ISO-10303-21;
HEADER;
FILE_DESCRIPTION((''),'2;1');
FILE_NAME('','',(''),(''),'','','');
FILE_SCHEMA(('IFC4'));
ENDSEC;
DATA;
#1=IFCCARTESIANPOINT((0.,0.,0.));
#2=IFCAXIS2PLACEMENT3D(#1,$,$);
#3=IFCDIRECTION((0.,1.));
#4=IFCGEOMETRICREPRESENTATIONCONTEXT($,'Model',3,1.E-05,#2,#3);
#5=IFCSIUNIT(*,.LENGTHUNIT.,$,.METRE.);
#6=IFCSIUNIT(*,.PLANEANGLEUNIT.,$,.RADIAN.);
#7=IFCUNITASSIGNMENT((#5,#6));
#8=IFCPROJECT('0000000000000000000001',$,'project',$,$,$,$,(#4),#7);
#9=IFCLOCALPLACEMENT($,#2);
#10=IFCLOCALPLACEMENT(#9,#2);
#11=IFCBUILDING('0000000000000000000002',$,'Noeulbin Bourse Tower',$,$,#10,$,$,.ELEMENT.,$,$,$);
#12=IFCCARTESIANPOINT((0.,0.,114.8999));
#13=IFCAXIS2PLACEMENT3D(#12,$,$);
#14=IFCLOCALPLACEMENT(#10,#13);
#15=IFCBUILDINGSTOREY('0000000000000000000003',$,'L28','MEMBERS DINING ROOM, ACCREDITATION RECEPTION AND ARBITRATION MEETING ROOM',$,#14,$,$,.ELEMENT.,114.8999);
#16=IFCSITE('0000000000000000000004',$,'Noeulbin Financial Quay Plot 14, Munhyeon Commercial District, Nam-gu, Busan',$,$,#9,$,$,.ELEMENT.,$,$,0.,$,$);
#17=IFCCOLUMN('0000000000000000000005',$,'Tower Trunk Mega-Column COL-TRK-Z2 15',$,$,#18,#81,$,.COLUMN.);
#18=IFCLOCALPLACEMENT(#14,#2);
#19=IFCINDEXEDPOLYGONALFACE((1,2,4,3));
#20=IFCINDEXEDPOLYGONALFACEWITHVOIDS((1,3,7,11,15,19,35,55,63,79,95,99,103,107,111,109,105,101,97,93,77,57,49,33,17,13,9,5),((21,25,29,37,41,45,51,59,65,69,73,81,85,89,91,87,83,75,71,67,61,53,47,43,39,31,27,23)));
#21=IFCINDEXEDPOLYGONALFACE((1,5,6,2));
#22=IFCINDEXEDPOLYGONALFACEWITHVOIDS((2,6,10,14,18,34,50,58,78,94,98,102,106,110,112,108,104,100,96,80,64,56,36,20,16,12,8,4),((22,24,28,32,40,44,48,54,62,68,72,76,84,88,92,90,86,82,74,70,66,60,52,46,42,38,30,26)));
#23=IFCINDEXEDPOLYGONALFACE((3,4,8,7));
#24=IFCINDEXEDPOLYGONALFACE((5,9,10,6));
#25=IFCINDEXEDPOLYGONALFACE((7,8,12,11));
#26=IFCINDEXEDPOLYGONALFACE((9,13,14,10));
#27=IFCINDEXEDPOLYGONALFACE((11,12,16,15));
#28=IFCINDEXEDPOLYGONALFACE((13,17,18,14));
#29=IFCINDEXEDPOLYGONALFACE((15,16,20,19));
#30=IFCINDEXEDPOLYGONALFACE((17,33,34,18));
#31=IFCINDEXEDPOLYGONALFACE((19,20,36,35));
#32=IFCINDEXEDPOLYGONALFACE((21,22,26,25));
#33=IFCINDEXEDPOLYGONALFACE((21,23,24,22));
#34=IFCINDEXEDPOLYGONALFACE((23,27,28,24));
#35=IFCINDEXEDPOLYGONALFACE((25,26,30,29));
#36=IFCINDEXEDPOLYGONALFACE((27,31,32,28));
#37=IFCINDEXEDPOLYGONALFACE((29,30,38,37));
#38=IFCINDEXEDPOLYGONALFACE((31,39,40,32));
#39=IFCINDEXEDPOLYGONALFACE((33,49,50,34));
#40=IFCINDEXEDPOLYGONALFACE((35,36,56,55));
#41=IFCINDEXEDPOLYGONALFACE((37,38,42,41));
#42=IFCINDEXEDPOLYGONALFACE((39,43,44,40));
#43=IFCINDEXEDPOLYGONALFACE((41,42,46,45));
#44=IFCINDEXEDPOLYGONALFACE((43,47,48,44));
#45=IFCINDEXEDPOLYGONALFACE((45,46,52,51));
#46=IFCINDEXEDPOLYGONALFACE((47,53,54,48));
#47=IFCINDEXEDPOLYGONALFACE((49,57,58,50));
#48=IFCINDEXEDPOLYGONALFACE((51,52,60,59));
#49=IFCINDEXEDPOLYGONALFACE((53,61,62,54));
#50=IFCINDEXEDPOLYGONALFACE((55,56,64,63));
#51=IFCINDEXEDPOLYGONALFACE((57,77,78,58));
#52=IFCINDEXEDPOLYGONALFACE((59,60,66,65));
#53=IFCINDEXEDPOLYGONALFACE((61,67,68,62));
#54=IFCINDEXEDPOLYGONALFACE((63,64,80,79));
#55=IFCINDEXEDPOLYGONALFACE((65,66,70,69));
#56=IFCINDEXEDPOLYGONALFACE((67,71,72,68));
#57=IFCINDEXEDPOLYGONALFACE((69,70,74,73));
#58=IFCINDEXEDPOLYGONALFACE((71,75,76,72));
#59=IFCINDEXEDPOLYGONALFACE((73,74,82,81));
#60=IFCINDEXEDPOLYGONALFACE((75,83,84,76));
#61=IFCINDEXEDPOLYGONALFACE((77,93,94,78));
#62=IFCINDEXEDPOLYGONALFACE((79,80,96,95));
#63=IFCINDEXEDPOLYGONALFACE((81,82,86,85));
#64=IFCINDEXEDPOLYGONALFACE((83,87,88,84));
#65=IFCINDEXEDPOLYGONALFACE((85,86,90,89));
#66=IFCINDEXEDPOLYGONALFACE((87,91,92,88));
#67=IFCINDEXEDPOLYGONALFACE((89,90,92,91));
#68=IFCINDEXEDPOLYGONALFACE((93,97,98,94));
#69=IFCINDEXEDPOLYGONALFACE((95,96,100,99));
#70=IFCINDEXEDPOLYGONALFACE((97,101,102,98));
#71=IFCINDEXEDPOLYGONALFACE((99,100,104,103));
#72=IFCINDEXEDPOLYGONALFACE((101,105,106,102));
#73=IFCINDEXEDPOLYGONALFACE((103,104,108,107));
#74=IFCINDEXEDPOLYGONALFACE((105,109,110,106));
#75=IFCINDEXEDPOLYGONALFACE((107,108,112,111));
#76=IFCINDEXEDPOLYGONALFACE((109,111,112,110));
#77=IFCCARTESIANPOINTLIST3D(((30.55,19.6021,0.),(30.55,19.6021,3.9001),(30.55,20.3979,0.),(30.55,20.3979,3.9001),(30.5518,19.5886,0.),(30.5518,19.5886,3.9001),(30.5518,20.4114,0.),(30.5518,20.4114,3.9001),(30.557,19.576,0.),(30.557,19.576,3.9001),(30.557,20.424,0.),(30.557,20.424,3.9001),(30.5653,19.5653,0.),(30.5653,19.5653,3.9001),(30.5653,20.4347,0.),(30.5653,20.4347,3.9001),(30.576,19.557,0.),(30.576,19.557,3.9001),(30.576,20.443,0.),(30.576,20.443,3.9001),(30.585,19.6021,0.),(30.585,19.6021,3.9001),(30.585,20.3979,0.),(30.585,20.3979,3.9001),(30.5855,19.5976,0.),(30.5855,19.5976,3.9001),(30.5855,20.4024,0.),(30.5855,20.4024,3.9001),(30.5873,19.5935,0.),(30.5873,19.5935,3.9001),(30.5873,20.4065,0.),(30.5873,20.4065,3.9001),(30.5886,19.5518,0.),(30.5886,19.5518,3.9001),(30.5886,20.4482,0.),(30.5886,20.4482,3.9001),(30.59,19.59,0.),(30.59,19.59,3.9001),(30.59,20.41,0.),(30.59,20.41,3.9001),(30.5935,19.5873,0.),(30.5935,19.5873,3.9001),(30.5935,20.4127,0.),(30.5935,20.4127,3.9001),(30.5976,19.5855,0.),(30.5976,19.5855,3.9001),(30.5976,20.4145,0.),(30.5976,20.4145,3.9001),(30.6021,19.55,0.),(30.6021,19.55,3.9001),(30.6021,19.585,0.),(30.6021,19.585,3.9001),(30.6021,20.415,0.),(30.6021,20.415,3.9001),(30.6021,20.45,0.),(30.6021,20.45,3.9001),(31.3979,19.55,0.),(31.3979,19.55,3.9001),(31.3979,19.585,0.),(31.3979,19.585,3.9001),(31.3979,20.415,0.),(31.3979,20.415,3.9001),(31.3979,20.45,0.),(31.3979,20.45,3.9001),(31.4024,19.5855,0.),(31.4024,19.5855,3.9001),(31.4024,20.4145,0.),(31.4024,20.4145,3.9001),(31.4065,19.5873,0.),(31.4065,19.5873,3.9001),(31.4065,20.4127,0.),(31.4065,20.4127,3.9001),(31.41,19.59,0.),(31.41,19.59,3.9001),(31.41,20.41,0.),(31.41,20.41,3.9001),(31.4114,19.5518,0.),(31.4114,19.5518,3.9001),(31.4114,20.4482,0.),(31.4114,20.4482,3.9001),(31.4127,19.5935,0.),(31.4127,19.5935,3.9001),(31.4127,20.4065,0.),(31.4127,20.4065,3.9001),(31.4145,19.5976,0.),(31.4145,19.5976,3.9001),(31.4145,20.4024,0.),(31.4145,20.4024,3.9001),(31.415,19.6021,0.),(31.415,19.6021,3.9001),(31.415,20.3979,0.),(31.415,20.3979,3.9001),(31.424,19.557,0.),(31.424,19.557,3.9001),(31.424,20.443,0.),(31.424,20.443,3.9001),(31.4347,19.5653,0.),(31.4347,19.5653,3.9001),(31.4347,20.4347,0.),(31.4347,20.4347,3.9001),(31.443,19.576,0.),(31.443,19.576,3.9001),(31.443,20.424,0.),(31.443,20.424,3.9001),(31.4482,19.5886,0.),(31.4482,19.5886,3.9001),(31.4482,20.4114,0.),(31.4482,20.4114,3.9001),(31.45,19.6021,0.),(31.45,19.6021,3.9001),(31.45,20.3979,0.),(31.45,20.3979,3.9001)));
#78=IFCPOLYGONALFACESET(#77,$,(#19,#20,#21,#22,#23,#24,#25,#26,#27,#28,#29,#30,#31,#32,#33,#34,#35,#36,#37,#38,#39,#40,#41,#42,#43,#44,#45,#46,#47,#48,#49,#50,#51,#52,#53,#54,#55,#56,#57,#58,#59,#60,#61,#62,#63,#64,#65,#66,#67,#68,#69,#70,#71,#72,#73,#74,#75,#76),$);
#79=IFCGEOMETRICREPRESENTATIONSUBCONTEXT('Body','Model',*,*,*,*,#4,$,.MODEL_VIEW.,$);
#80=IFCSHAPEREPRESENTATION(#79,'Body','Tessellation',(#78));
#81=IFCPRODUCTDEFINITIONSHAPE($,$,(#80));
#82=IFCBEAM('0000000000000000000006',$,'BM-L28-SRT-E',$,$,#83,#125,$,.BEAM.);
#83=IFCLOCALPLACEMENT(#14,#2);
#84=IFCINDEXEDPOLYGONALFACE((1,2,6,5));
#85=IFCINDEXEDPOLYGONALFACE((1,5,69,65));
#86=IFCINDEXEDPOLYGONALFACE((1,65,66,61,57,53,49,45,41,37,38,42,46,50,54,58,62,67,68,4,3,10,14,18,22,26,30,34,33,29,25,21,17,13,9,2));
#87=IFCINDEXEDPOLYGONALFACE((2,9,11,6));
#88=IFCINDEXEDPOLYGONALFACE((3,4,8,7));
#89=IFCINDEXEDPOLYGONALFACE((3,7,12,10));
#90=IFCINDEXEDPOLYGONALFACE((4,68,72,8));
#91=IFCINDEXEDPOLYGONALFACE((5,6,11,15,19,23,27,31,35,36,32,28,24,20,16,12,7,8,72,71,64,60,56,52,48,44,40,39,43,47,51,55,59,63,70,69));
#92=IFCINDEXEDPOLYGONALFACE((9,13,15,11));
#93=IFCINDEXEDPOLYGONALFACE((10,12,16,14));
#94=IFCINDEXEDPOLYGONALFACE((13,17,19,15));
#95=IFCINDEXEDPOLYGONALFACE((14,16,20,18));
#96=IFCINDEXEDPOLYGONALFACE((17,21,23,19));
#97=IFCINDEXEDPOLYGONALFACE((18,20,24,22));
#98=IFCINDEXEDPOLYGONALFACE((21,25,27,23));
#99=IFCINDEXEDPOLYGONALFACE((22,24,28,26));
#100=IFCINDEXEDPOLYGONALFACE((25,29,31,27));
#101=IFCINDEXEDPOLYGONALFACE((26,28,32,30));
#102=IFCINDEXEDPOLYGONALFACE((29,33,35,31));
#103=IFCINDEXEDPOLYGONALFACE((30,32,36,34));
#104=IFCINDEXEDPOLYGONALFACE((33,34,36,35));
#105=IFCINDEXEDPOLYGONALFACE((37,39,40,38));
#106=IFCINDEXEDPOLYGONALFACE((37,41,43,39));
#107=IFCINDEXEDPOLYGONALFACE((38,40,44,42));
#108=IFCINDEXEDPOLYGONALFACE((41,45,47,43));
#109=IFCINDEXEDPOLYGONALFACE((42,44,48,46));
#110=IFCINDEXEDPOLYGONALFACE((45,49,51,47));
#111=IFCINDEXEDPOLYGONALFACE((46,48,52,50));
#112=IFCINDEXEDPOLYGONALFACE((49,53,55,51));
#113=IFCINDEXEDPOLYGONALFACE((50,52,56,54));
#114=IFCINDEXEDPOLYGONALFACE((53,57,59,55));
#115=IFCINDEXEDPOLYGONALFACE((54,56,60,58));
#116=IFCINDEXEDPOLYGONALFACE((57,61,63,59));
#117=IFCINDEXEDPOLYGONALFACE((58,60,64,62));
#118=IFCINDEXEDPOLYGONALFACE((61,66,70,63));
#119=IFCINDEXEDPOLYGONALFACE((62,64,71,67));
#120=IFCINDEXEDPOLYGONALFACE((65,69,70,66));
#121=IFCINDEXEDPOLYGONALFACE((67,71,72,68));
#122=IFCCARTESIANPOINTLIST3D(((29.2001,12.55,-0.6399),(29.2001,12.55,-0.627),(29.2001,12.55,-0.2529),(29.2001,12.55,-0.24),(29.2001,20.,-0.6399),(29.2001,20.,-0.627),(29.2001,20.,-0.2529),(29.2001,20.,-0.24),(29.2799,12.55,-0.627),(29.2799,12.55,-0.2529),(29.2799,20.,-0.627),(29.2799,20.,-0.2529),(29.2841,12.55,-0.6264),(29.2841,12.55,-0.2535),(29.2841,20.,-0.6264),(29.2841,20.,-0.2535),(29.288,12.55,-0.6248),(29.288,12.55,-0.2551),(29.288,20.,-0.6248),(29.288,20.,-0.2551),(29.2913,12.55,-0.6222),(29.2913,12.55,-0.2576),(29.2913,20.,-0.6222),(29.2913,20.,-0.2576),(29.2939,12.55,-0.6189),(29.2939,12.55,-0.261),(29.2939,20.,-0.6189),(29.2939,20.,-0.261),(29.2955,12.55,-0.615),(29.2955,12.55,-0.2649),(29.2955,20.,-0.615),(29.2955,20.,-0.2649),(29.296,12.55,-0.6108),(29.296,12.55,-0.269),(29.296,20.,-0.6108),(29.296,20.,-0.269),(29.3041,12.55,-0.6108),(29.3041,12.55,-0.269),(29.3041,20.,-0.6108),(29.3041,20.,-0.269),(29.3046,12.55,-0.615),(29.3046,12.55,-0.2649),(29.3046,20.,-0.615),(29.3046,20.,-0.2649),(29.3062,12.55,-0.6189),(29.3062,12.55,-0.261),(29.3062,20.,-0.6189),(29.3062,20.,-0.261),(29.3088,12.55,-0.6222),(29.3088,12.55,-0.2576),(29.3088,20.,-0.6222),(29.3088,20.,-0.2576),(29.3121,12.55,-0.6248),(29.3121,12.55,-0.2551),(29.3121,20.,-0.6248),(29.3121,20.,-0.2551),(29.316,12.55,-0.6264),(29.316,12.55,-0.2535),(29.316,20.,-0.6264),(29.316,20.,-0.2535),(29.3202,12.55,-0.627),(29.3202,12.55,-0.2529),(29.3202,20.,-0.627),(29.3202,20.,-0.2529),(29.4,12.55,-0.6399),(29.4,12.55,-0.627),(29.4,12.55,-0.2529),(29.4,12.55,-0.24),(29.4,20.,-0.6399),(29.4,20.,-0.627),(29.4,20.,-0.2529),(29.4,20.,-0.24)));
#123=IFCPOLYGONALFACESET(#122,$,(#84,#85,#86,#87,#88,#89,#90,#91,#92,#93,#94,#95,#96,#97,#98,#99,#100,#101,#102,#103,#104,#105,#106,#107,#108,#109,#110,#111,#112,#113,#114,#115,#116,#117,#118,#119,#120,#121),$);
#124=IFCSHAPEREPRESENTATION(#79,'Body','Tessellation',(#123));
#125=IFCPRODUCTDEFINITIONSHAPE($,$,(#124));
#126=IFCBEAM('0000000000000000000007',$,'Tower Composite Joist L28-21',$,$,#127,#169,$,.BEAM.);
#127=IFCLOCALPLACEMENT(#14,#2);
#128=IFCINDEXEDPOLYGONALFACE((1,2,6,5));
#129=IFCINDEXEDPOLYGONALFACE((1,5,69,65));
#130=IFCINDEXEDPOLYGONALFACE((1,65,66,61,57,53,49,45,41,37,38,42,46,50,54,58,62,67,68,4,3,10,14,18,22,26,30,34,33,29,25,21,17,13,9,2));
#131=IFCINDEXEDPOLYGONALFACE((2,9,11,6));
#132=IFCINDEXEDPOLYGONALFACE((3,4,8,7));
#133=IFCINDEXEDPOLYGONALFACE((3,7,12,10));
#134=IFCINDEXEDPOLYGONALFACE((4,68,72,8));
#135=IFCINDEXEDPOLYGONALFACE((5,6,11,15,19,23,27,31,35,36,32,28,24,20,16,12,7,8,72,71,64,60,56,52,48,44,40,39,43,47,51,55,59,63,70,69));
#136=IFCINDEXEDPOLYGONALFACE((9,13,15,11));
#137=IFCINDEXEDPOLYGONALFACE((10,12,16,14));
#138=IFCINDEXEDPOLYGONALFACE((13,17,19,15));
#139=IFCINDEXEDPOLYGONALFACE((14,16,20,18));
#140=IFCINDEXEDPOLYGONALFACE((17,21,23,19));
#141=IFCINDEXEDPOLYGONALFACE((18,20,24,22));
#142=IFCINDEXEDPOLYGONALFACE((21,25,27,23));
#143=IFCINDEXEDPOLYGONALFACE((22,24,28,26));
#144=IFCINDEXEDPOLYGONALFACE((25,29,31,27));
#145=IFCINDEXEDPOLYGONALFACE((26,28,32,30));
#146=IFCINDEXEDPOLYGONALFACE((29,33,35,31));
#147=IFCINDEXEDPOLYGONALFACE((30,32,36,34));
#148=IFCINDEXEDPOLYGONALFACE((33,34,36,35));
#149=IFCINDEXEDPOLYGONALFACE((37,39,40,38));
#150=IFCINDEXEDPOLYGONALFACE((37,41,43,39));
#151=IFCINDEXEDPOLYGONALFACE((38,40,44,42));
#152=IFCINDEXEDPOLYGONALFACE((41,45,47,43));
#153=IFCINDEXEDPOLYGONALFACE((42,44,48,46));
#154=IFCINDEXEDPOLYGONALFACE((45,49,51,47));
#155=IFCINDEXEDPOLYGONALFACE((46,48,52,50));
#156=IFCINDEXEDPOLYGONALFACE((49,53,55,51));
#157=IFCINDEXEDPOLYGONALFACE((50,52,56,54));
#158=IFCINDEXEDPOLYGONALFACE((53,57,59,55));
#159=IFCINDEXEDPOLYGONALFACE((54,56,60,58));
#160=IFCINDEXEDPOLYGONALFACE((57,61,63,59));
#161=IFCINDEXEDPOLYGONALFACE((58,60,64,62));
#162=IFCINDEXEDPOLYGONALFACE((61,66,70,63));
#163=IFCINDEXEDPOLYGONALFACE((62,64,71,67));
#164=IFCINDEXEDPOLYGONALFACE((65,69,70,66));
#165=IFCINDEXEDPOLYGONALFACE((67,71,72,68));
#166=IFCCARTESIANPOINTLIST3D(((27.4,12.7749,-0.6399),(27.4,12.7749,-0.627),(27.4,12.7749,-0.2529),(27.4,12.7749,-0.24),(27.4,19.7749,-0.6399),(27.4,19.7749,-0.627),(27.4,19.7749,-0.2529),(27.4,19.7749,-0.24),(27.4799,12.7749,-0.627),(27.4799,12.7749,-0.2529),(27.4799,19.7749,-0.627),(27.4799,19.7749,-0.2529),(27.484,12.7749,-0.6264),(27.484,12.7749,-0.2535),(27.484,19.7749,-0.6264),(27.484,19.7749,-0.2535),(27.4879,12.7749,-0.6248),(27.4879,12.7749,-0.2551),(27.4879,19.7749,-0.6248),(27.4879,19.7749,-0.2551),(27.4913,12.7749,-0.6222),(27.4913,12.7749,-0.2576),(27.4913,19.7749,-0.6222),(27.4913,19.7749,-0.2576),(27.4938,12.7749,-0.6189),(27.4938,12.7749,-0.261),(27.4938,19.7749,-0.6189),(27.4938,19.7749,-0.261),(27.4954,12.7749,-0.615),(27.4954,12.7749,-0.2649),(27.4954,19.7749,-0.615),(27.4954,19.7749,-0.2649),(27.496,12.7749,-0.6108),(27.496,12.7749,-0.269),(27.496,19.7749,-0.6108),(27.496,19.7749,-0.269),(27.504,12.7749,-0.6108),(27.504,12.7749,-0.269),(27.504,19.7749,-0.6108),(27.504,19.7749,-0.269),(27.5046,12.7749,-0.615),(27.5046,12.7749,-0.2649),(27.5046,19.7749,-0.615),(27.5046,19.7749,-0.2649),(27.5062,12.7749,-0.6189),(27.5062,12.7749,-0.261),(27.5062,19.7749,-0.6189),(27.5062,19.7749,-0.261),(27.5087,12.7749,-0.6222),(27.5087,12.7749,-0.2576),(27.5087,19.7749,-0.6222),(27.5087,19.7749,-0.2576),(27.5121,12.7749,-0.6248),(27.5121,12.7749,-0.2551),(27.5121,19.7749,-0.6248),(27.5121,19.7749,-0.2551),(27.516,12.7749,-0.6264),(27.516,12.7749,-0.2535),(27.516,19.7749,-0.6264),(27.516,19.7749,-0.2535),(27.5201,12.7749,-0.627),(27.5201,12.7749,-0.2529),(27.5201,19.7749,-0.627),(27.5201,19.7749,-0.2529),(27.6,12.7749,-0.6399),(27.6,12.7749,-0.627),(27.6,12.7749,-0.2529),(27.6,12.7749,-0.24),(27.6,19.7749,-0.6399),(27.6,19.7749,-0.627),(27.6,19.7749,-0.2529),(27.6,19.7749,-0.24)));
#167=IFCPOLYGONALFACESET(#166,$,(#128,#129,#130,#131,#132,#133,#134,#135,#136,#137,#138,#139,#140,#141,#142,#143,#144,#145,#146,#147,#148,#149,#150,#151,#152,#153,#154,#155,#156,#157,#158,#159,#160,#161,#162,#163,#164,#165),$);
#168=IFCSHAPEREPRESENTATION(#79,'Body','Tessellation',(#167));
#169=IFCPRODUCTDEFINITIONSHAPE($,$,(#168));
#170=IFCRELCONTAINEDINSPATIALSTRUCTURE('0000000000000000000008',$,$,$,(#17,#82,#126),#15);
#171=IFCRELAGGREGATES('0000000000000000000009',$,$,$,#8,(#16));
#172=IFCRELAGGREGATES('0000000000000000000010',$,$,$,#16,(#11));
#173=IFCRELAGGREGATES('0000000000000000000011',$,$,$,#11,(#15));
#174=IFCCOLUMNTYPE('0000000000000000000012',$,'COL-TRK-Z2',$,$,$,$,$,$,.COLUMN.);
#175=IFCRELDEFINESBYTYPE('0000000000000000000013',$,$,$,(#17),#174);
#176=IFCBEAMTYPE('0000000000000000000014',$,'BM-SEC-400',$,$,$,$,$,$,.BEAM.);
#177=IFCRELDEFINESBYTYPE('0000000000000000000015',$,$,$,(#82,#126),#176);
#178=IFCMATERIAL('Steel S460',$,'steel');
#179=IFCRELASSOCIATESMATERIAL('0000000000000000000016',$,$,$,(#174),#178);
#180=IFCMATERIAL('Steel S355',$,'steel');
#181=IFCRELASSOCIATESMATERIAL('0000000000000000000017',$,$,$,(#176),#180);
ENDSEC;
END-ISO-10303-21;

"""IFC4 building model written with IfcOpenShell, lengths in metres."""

from ifc_helpers import new_model, si_unit, direction, frame, origin, origin_2d, place, context, subcontext, project, spatial, hollow_rectangle, i_section, extrude, material, material_profile, profile_set, type_object, element, save


model = new_model("IFC4")

# Units and contexts
model_context = context("Model", 3, precision=1e-05, world=origin(), true_north=direction((0.0, 1.0)))
body_context = subcontext(model_context, "Body", "Model", "MODEL_VIEW")
ifc_project = project(units=[si_unit("LENGTHUNIT", "METRE"), si_unit("PLANEANGLEUNIT", "RADIAN")], contexts=[model_context])

# Site, building, storey
site_placement = place(None, origin())
site = spatial("IfcSite", under=ifc_project, at=site_placement, Name="Noeulbin Financial Quay Plot 14, Munhyeon Commercial District, Nam-gu, Busan", CompositionType="ELEMENT", RefElevation=0.0)
building_placement = place(site_placement, origin())
building = spatial("IfcBuilding", under=site, at=building_placement, Name="Noeulbin Bourse Tower", CompositionType="ELEMENT")
storey_placement = place(building_placement, frame((0.0, 0.0, 114.8999)))
storey = spatial("IfcBuildingStorey", under=building, at=storey_placement, Name="L28", Description="MEMBERS DINING ROOM, ACCREDITATION RECEPTION AND ARBITRATION MEETING ROOM", CompositionType="ELEMENT", Elevation=114.8999)

# Column
ifc_material_1 = material(Name="Steel S460", Category="steel")
ifc_material_profile_1 = material_profile(ifc_material_1, hollow_rectangle(XDim=0.8999, YDim=0.8999, WallThickness=0.0349, InnerFilletRadius=0.0171, OuterFilletRadius=0.052, at=origin_2d()), Name="BOX-900x900x35", Category="LoadBearing")
ifc_profile_set_1 = profile_set([ifc_material_profile_1], Name="Steel S460")
column_type = type_object("IfcColumnType", Name="COL-TRK-Z2", PredefinedType="COLUMN", material=ifc_profile_set_1)
column_placement = place(storey_placement, frame((31.0, 20.0, 0.0), z_axis=(0.0, 0.0, 1.0), x_axis=(1.0, 0.0, 0.0)))
element("IfcColumn", 1, at=column_placement, inside=storey, type_object=column_type, Name="Tower Trunk Mega-Column COL-TRK-Z2 15", PredefinedType="COLUMN", context=body_context, shape_type="SweptSolid", body=[
    extrude(hollow_rectangle(XDim=0.8999, YDim=0.8999, WallThickness=0.0349, InnerFilletRadius=0.0171, OuterFilletRadius=0.052, at=origin_2d()), origin(), (0.0, 0.0, 1.0), 3.9001),
])

# Beams
ifc_material_2 = material(Name="Steel S355", Category="steel")
ifc_material_profile_2 = material_profile(ifc_material_2, i_section(OverallWidth=0.2, OverallDepth=0.3999, WebThickness=0.0081, FlangeThickness=0.0129, FilletRadius=0.0161, at=origin_2d()), Name="H-400x200x8x13", Category="LoadBearing")
ifc_profile_set_2 = profile_set([ifc_material_profile_2], Name="Steel S355")
beam_type_1 = type_object("IfcBeamType", Name="BM-SEC-400", PredefinedType="BEAM", material=ifc_profile_set_2)
beam_1_placement = place(storey_placement, frame((29.3, 12.55, -0.4399), z_axis=(0.0, 1.0, 0.0), x_axis=(-1.0, 0.0, 0.0)))
element("IfcBeam", 2, at=beam_1_placement, inside=storey, type_object=beam_type_1, Name="BM-L28-SRT-E", PredefinedType="BEAM", context=body_context, shape_type="SweptSolid", body=[
    extrude(i_section(OverallWidth=0.2, OverallDepth=0.3999, WebThickness=0.0081, FlangeThickness=0.0129, FilletRadius=0.0161, at=origin_2d()), origin(), (0.0, 0.0, 1.0), 7.45),
])
beam_2_placement = place(storey_placement, frame((27.5, 12.7749, -0.4399), z_axis=(0.0, 1.0, 0.0), x_axis=(-1.0, 0.0, 0.0)))
element("IfcBeam", 3, at=beam_2_placement, inside=storey, type_object=beam_type_1, Name="Tower Composite Joist L28-21", PredefinedType="BEAM", context=body_context, shape_type="SweptSolid", body=[
    extrude(i_section(OverallWidth=0.2, OverallDepth=0.3999, WebThickness=0.0081, FlangeThickness=0.0129, FilletRadius=0.0161, at=origin_2d()), origin(), (0.0, 0.0, 1.0), 7.0),
])

save(model, "model.ifc")
